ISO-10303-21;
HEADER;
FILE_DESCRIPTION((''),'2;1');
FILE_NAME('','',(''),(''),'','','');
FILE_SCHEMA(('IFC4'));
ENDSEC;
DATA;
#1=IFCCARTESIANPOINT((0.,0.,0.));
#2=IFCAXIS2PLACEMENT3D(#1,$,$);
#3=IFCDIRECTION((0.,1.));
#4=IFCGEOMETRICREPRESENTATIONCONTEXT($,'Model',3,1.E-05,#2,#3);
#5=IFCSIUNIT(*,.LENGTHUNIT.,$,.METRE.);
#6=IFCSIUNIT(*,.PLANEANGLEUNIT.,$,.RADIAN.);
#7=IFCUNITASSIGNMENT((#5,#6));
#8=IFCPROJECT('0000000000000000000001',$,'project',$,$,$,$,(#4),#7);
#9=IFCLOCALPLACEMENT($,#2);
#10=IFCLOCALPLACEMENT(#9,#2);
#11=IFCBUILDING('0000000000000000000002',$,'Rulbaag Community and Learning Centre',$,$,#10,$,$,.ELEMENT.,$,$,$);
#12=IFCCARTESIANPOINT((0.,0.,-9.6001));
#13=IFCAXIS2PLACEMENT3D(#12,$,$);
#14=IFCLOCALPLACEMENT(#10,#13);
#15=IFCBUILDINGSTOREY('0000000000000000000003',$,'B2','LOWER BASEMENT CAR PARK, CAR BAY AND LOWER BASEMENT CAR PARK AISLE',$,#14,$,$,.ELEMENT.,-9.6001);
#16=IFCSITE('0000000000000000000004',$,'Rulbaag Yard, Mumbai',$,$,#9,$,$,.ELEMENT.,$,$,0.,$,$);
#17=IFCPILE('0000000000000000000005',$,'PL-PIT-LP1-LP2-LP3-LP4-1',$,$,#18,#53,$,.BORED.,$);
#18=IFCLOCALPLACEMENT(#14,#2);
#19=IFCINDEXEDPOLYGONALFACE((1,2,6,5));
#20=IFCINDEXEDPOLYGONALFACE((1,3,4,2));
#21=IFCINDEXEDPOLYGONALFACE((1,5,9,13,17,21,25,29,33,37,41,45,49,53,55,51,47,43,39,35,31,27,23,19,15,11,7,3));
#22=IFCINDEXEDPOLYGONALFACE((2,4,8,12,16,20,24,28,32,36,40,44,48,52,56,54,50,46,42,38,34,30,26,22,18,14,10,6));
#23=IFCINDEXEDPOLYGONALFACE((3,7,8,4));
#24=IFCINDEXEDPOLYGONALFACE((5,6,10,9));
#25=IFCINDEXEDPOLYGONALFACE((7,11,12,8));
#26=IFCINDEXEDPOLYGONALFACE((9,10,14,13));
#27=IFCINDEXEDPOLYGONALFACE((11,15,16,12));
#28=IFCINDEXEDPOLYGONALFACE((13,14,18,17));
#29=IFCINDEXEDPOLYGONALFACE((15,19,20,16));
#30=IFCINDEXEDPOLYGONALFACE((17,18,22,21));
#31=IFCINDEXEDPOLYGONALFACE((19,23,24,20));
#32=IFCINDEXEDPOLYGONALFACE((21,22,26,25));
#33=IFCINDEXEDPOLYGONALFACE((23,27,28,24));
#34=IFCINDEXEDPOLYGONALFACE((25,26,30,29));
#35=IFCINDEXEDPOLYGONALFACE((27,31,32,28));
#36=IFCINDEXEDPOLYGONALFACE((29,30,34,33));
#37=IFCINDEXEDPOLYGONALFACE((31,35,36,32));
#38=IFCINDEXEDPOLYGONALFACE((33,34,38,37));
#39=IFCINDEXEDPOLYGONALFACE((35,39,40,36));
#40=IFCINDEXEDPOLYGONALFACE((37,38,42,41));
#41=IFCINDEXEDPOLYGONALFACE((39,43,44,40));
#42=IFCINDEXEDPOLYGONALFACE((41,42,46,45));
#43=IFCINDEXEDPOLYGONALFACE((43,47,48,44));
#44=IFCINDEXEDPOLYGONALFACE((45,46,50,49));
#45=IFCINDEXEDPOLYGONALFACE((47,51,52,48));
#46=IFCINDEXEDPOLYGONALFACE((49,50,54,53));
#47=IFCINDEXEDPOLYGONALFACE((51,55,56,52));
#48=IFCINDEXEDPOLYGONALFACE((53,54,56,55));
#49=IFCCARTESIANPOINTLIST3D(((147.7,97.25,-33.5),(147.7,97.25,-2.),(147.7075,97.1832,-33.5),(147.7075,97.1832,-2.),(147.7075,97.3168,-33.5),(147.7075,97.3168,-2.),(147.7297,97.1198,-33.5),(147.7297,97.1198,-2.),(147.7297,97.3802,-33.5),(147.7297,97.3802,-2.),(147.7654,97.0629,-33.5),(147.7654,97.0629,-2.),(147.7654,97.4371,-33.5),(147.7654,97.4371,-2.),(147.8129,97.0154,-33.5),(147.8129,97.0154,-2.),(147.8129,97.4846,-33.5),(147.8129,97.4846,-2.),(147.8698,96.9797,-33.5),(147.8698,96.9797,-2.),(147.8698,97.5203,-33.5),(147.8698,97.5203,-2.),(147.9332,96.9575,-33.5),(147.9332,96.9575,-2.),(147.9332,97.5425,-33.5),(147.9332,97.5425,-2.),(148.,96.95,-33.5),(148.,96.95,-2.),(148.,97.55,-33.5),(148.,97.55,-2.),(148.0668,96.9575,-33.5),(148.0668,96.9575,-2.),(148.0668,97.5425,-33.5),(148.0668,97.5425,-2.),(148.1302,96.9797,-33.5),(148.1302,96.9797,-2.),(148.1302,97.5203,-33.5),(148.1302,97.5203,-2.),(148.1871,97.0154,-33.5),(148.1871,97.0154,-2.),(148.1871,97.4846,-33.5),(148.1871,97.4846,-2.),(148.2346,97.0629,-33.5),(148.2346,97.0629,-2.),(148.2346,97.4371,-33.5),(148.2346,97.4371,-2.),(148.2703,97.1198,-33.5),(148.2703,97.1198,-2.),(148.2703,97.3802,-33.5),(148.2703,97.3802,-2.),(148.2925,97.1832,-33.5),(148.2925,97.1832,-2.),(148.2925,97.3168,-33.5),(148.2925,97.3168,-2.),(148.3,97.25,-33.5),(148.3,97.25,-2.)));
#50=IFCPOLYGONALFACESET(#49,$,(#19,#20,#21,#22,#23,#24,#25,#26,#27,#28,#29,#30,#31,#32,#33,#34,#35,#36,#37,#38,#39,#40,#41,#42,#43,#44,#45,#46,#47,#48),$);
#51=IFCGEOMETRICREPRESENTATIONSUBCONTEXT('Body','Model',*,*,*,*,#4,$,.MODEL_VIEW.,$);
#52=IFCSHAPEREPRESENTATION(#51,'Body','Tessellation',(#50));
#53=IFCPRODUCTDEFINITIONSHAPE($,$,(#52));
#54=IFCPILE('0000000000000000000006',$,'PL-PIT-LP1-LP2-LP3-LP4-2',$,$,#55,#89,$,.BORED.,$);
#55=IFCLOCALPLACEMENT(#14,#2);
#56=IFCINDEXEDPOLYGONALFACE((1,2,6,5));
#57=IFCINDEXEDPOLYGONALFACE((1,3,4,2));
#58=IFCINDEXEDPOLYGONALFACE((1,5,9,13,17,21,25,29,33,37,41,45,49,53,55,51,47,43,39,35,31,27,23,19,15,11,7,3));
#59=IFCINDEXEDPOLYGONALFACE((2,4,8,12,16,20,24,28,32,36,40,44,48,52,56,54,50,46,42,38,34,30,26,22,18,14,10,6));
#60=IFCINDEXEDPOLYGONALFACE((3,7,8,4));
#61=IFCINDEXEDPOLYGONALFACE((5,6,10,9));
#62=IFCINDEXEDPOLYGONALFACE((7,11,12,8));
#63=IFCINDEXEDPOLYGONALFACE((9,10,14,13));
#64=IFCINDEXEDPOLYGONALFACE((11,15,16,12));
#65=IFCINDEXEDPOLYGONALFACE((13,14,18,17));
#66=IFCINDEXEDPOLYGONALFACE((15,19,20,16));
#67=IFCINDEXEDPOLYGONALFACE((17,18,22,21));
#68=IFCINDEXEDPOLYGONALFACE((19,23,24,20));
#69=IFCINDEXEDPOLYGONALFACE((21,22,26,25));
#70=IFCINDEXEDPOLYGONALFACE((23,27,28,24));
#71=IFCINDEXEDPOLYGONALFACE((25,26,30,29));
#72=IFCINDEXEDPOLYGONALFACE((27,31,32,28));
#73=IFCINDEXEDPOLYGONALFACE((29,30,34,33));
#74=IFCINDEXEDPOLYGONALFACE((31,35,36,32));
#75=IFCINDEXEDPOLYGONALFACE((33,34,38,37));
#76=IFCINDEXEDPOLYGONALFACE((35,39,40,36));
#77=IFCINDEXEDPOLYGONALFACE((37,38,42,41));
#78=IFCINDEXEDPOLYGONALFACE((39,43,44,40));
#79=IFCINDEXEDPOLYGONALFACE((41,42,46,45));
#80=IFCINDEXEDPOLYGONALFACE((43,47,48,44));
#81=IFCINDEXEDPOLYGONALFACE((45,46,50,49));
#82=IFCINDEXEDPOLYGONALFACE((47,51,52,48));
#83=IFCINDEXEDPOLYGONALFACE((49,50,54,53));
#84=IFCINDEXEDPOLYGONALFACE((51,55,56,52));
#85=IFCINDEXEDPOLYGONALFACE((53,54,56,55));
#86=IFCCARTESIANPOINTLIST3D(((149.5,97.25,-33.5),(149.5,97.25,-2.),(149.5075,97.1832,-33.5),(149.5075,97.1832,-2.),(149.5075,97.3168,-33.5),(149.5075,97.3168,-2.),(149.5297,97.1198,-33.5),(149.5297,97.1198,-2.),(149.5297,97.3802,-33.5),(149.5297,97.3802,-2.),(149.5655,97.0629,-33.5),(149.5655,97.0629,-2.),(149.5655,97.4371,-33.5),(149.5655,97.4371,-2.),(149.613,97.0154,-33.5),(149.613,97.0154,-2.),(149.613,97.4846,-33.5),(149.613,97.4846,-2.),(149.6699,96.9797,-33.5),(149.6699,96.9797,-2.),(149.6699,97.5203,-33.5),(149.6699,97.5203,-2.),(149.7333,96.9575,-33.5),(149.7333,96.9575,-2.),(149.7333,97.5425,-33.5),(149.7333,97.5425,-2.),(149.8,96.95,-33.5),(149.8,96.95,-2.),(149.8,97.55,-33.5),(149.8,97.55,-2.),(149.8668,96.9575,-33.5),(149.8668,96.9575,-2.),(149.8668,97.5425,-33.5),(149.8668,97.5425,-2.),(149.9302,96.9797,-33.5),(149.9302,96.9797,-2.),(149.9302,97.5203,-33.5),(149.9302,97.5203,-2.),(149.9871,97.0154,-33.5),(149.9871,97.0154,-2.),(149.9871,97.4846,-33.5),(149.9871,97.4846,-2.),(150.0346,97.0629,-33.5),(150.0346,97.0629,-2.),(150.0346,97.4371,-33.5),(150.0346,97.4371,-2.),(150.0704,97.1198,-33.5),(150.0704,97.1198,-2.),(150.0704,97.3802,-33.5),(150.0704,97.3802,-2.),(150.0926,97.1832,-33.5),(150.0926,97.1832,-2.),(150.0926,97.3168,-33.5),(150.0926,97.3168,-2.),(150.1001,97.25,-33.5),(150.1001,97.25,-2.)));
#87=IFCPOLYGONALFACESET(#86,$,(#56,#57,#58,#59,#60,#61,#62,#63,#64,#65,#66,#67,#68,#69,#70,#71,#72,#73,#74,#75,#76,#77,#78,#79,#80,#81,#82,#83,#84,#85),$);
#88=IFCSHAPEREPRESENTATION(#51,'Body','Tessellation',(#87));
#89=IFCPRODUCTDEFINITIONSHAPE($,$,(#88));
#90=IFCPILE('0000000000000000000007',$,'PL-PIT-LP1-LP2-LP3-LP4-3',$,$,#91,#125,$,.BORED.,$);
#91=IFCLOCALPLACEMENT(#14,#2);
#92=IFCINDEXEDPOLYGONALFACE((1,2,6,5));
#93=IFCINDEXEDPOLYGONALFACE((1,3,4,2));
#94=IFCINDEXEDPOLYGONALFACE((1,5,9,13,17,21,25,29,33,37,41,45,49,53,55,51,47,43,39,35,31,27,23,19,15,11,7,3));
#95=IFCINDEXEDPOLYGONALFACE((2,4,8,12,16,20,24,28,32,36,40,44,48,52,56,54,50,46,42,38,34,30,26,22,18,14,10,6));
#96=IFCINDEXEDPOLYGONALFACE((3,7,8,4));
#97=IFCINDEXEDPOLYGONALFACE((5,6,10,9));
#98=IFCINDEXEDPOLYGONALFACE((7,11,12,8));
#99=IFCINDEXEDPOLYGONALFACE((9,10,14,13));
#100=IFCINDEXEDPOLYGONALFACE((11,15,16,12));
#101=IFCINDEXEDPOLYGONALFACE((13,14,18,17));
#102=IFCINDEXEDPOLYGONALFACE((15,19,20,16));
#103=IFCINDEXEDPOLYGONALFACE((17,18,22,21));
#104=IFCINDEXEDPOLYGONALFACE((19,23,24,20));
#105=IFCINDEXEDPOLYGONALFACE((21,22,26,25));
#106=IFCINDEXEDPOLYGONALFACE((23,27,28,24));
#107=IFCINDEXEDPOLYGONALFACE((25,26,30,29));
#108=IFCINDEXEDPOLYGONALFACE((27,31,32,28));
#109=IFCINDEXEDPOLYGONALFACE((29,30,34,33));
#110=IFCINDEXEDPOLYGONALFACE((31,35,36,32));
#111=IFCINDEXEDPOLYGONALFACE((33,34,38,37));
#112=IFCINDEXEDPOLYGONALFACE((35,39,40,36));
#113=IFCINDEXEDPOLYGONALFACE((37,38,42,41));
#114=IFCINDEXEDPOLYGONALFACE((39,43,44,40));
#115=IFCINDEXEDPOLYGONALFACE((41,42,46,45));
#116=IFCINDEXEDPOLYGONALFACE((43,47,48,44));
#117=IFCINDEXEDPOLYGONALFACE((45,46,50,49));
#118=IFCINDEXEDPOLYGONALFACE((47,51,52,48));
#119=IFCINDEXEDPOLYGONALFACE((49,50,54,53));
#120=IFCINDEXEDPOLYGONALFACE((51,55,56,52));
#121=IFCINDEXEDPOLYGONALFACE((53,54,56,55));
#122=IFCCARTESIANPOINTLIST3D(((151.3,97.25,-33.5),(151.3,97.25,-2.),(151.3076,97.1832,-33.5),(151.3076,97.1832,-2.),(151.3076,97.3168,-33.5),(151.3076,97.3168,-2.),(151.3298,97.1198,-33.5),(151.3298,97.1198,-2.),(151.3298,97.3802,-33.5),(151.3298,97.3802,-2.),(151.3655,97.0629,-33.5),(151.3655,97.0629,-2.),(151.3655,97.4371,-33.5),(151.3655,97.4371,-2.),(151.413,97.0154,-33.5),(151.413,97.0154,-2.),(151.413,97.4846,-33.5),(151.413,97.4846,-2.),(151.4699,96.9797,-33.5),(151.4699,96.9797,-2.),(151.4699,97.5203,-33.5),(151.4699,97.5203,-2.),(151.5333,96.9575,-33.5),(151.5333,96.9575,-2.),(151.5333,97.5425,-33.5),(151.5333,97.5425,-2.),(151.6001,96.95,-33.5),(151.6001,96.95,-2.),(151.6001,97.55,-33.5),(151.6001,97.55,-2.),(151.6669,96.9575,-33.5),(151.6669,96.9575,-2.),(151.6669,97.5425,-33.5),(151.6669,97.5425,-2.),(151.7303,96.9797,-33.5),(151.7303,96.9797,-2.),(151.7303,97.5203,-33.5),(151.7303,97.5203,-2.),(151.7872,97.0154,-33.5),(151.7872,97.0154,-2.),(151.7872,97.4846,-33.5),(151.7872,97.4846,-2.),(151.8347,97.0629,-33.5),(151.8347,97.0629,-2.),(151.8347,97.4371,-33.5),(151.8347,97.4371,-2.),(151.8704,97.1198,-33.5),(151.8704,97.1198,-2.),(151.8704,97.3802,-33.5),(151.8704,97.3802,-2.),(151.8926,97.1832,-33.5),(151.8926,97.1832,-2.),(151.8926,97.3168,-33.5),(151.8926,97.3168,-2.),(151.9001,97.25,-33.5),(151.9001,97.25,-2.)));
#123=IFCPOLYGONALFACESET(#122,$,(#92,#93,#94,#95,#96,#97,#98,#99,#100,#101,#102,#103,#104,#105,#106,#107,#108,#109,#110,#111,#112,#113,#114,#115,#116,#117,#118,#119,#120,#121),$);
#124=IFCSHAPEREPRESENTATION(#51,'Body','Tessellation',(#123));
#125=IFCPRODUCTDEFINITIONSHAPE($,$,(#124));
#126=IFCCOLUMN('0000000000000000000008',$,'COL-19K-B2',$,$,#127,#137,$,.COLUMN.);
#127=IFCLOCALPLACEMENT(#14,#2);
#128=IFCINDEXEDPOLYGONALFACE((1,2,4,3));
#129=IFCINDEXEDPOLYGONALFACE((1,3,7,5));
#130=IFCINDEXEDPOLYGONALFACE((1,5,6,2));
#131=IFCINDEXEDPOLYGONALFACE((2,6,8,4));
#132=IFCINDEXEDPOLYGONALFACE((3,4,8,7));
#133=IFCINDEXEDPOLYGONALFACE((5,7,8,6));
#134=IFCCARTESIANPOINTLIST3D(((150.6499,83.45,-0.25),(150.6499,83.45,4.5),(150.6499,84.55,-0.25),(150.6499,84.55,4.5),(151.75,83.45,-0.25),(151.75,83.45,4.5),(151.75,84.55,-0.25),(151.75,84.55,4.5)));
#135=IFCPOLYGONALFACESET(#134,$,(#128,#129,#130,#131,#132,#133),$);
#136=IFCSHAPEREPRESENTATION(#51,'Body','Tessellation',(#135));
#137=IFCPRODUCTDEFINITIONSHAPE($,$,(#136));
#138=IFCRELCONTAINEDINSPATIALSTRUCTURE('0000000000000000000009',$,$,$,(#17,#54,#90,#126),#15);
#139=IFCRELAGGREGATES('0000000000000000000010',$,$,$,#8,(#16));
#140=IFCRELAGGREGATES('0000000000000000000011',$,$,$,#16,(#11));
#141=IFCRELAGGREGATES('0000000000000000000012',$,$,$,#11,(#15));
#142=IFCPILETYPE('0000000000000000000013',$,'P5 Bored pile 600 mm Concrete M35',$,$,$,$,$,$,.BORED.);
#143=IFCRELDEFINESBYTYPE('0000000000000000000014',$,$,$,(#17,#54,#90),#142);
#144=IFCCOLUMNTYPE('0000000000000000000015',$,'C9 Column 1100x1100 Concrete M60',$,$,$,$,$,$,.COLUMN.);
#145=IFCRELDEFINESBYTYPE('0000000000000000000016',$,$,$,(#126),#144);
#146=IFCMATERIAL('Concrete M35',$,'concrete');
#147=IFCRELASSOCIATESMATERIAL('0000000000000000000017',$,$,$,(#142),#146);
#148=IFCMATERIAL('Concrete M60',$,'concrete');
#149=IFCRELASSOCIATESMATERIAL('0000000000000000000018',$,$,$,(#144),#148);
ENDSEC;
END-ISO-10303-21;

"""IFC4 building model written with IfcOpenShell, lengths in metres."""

from ifc_helpers import new_model, si_unit, direction, frame, origin, origin_2d, place, context, subcontext, project, spatial, rectangle, circle, extrude, material, material_profile, profile_set, type_object, element, save


model = new_model("IFC4")

# Units and contexts
model_context = context("Model", 3, precision=1e-05, world=origin(), true_north=direction((0.0, 1.0)))
body_context = subcontext(model_context, "Body", "Model", "MODEL_VIEW")
ifc_project = project(units=[si_unit("LENGTHUNIT", "METRE"), si_unit("PLANEANGLEUNIT", "RADIAN")], contexts=[model_context])

# Site, building, storey
site_placement = place(None, origin())
site = spatial("IfcSite", under=ifc_project, at=site_placement, Name="Rulbaag Yard, Mumbai", CompositionType="ELEMENT", RefElevation=0.0)
building_placement = place(site_placement, origin())
building = spatial("IfcBuilding", under=site, at=building_placement, Name="Rulbaag Community and Learning Centre", CompositionType="ELEMENT")
storey_placement = place(building_placement, frame((0.0, 0.0, -9.6001)))
storey = spatial("IfcBuildingStorey", under=building, at=storey_placement, Name="B2", Description="LOWER BASEMENT CAR PARK, CAR BAY AND LOWER BASEMENT CAR PARK AISLE", CompositionType="ELEMENT", Elevation=-9.6001)

# Piles
ifc_material_1 = material(Name="Concrete M35", Category="concrete")
ifc_material_profile_1 = material_profile(ifc_material_1, circle(Radius=0.3, at=origin_2d()), Name="BP600")
ifc_profile_set_1 = profile_set([ifc_material_profile_1], Name="Concrete M35")
pile_type_1 = type_object("IfcPileType", Name="P5 Bored pile 600 mm Concrete M35", PredefinedType="BORED", material=ifc_profile_set_1)
for number, where, z_axis, x_axis, name in (
    (1, (148.0, 97.25, -2.0), (0.0, 0.0, -1.0), (1.0, 0.0, 0.0), "PL-PIT-LP1-LP2-LP3-LP4-1"),
    (2, (149.8, 97.25, -2.0), (0.0, 0.0, -1.0), (1.0, 0.0, 0.0), "PL-PIT-LP1-LP2-LP3-LP4-2"),
    (3, (151.6001, 97.25, -2.0), (0.0, 0.0, -1.0), (1.0, 0.0, 0.0), "PL-PIT-LP1-LP2-LP3-LP4-3"),
):
    element("IfcPile", number, at=place(storey_placement, frame(where, z_axis=z_axis, x_axis=x_axis)), inside=storey, type_object=pile_type_1, Name=name, PredefinedType="BORED", context=body_context, shape_type="SweptSolid", body=[
        extrude(circle(Radius=0.3, at=origin_2d()), origin(), (0.0, 0.0, 1.0), 31.5),
    ])

# Column
ifc_material_2 = material(Name="Concrete M60", Category="concrete")
ifc_material_profile_2 = material_profile(ifc_material_2, rectangle(XDim=1.1001, YDim=1.1001, at=origin_2d()), Name="RC1100x1100")
ifc_profile_set_2 = profile_set([ifc_material_profile_2], Name="Concrete M60")
column_type = type_object("IfcColumnType", Name="C9 Column 1100x1100 Concrete M60", PredefinedType="COLUMN", material=ifc_profile_set_2)
column_placement = place(storey_placement, frame((151.2, 84.0, -0.25), z_axis=(0.0, 0.0, 1.0), x_axis=(1.0, 0.0, 0.0)))
element("IfcColumn", 4, at=column_placement, inside=storey, type_object=column_type, Name="COL-19K-B2", PredefinedType="COLUMN", context=body_context, shape_type="SweptSolid", body=[
    extrude(rectangle(XDim=1.1001, YDim=1.1001, at=origin_2d()), origin(), (0.0, 0.0, 1.0), 4.75),
])

save(model, "model.ifc")
